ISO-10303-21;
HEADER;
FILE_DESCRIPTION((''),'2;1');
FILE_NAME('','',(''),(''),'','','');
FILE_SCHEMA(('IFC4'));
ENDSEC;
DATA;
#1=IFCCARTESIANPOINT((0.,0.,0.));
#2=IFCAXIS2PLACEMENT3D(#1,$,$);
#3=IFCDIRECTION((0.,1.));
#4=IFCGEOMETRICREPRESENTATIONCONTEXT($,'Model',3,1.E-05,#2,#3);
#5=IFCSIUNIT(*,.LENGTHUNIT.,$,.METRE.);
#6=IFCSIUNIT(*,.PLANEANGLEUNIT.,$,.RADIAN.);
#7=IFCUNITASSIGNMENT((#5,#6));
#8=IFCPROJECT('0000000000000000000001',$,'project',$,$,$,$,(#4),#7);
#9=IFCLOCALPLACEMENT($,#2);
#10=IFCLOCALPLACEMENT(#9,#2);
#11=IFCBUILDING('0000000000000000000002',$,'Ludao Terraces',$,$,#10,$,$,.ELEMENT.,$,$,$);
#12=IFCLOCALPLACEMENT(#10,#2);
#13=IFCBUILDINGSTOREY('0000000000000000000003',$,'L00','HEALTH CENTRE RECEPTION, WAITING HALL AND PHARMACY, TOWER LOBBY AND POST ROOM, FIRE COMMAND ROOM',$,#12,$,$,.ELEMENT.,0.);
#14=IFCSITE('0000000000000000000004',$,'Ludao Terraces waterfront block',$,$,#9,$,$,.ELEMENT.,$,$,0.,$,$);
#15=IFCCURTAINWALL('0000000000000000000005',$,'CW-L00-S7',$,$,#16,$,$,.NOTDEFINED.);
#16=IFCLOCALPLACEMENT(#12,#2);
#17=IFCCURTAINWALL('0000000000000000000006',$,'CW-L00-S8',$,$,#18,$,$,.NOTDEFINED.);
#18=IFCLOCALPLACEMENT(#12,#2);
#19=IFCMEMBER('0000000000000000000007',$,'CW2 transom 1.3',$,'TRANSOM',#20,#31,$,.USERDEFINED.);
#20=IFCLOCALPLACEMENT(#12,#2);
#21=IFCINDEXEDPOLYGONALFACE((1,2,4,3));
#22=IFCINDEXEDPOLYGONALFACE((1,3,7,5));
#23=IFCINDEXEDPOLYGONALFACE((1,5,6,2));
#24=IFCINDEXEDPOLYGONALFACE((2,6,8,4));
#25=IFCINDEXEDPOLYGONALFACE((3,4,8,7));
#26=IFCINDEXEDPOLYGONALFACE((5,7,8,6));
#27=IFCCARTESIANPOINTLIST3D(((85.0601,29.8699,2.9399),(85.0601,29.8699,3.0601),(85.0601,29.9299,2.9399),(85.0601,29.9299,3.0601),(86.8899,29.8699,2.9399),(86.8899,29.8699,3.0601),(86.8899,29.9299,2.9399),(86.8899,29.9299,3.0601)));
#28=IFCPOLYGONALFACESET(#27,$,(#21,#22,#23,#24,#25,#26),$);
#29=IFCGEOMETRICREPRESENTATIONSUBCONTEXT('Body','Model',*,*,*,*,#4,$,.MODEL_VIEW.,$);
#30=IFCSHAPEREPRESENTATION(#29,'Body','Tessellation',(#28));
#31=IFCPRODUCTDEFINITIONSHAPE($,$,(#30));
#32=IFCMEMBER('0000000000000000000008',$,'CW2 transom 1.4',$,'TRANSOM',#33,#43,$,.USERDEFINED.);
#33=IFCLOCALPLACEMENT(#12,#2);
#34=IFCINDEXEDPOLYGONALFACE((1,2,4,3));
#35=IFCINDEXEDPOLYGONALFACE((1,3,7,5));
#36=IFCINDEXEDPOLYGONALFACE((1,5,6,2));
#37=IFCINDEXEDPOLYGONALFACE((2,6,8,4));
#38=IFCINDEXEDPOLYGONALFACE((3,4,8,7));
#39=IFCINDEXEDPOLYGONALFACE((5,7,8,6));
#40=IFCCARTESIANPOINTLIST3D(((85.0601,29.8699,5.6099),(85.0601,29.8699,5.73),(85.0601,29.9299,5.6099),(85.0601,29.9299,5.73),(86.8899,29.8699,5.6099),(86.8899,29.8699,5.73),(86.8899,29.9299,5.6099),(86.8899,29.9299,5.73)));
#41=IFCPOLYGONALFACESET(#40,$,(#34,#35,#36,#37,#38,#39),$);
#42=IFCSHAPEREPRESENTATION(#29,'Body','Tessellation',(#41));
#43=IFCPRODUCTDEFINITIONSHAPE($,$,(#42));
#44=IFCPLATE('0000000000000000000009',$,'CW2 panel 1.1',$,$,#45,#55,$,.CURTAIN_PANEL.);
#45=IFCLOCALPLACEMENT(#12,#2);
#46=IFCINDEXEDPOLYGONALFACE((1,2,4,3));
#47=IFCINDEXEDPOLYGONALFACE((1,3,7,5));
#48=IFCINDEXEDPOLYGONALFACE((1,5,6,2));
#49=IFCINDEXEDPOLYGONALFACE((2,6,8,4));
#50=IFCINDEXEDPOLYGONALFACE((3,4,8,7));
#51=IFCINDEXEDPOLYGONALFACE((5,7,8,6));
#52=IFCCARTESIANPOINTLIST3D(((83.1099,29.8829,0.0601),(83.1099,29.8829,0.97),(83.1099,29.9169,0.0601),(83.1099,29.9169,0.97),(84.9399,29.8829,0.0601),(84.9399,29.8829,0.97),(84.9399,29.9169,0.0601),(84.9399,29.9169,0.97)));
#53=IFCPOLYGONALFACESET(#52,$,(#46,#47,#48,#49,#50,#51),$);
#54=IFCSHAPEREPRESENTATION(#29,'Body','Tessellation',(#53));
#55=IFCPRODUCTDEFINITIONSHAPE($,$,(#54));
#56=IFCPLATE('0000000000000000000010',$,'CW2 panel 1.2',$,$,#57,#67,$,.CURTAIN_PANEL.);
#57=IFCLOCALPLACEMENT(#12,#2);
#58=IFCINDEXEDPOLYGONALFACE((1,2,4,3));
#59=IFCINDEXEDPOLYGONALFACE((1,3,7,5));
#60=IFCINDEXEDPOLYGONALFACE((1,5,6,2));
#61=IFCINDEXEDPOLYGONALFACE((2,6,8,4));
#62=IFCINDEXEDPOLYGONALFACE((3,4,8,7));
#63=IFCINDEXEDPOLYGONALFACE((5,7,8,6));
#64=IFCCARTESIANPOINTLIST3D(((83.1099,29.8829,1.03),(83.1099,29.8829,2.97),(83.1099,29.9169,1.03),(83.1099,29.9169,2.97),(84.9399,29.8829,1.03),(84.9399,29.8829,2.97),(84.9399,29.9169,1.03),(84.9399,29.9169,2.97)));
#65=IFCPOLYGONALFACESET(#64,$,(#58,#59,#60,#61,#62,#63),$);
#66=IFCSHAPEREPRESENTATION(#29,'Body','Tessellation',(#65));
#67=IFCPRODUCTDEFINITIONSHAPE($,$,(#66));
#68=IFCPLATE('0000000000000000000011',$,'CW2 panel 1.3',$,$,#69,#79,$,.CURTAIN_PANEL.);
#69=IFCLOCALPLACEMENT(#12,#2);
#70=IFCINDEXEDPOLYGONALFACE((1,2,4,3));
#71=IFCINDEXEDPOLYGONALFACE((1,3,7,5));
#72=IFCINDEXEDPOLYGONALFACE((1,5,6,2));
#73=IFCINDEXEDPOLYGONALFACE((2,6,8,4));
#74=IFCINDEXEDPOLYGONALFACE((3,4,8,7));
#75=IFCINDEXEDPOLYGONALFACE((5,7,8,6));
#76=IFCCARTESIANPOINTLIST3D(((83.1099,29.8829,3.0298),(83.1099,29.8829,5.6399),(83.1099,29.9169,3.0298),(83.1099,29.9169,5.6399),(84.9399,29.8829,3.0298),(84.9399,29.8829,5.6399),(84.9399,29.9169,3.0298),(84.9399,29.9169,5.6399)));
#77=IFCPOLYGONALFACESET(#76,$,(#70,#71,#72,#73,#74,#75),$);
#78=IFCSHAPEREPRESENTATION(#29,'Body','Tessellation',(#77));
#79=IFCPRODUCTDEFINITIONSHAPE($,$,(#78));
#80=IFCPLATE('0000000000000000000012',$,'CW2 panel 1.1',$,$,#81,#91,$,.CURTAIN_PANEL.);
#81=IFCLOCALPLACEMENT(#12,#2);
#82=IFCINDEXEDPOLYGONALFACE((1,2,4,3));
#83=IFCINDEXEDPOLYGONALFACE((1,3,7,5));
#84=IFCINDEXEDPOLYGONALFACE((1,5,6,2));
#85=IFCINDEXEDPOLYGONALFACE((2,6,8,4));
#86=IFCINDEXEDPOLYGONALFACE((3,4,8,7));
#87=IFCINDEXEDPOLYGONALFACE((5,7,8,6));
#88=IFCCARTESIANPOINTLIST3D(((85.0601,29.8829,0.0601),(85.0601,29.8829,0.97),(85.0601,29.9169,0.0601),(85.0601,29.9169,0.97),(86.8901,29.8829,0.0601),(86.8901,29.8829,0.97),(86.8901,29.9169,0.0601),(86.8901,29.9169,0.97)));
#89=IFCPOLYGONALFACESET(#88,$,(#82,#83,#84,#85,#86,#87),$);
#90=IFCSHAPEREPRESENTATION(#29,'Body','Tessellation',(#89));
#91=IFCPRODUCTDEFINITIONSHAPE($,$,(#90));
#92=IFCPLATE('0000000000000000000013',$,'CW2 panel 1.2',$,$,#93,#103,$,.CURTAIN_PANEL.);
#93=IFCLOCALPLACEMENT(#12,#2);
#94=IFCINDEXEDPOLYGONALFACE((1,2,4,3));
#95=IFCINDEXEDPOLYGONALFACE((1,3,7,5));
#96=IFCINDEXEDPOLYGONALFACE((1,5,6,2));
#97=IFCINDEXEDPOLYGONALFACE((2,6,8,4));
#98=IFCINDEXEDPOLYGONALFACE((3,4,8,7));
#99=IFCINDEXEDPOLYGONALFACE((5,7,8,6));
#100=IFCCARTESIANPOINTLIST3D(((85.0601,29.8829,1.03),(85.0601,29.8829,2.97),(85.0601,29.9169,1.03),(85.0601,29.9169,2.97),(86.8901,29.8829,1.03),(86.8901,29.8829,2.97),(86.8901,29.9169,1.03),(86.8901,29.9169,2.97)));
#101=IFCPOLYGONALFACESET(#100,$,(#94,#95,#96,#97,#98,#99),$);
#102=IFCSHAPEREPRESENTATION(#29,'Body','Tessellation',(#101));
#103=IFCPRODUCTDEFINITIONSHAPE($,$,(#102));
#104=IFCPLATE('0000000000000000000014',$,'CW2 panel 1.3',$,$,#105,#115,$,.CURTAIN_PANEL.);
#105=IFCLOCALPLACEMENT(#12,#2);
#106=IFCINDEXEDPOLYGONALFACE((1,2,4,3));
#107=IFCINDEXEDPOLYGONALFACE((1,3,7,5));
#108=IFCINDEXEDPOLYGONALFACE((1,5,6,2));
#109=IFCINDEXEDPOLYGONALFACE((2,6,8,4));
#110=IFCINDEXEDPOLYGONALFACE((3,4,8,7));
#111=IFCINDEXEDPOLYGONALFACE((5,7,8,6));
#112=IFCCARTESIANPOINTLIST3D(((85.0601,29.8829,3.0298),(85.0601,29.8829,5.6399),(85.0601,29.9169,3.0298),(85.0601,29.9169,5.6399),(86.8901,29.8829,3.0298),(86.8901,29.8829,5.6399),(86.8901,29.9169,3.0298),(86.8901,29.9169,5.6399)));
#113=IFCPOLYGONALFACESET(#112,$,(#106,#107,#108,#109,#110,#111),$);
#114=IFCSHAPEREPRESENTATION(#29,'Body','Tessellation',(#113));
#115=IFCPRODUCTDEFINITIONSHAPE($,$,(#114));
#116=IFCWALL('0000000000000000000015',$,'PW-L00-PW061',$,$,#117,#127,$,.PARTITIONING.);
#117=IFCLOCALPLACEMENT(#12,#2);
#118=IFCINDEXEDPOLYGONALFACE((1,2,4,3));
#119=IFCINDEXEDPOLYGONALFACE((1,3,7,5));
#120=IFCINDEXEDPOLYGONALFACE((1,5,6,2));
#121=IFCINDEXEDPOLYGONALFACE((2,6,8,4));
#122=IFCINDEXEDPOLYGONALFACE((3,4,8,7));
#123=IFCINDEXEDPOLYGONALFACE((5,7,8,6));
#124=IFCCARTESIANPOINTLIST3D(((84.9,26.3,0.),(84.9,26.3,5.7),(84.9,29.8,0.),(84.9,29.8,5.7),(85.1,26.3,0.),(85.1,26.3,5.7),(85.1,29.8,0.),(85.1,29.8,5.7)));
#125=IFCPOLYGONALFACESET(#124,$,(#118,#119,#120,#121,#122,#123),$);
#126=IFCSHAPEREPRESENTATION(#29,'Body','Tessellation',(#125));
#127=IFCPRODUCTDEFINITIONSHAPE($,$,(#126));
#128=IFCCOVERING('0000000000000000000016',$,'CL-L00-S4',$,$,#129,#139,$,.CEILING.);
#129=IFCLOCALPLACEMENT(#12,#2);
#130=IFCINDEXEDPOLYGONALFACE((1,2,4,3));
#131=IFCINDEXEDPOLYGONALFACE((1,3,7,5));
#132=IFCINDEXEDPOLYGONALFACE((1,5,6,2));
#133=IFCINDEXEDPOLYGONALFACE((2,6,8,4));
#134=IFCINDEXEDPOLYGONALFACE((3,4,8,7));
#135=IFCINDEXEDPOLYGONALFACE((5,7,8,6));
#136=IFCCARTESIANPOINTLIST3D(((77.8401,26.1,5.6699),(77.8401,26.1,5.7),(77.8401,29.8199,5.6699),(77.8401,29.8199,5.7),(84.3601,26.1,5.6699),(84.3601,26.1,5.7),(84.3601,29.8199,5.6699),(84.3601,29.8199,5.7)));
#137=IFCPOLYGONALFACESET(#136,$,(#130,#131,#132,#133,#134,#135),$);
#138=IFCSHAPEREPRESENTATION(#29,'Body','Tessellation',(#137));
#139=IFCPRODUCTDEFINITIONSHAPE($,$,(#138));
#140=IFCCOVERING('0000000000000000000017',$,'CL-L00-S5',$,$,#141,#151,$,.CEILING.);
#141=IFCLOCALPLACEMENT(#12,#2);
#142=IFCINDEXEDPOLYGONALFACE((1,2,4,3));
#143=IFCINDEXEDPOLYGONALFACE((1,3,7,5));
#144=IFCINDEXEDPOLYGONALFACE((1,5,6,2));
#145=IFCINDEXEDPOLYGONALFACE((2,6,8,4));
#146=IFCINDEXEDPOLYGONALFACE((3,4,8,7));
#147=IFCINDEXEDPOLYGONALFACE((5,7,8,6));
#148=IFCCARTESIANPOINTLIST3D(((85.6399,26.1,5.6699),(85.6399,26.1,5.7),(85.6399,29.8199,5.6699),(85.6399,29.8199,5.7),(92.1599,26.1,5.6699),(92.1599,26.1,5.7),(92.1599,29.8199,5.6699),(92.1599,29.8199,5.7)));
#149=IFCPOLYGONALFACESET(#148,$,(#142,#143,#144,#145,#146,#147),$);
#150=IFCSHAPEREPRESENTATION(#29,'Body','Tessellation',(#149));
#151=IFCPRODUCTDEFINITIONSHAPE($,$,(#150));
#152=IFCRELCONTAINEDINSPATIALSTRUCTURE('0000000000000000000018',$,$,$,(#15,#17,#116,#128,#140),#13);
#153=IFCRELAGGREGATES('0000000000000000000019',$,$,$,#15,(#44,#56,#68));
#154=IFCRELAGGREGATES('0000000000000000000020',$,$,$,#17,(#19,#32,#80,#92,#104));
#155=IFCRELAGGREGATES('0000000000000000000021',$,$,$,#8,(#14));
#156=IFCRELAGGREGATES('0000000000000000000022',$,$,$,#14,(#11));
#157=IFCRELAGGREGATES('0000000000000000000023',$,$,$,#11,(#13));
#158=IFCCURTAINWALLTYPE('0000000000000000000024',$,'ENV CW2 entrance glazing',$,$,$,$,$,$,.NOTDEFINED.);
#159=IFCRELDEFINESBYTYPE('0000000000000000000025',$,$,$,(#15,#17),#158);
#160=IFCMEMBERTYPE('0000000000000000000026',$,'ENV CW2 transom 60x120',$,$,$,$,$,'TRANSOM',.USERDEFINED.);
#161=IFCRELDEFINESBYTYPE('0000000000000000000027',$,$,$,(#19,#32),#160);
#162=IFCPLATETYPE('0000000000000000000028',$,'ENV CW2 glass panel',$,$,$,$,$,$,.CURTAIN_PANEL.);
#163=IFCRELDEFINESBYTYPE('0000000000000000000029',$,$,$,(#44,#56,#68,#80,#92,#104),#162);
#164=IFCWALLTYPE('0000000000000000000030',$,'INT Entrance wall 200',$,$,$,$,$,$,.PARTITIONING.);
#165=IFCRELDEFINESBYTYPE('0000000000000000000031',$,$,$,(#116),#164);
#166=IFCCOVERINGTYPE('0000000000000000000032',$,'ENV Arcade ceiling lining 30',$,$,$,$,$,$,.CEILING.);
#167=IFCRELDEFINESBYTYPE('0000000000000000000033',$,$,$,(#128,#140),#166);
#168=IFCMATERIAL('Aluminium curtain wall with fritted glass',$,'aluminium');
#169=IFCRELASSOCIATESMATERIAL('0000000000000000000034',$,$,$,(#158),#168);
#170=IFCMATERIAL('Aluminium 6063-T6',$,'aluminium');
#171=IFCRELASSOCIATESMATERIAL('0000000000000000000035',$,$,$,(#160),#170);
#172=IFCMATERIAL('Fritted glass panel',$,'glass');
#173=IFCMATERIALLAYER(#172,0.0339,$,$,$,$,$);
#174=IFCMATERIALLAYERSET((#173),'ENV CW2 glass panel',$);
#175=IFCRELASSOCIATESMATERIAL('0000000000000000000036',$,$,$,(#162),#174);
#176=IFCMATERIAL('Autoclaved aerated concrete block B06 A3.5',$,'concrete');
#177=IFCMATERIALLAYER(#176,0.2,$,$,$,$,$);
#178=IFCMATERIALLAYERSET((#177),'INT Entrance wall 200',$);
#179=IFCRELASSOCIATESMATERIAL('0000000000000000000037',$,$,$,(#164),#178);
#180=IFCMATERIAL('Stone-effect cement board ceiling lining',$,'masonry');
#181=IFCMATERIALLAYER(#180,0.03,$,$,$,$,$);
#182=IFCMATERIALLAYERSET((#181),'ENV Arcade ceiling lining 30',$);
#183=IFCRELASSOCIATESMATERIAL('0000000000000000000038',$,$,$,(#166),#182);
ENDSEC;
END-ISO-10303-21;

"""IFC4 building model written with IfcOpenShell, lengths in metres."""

from ifc_helpers import new_model, si_unit, direction, frame, frame_2d, origin, origin_2d, place, context, subcontext, project, spatial, rectangle, extrude, material, layer, layer_set, material_profile, profile_set, type_object, element, aggregate, save


model = new_model("IFC4")

# Units and contexts
model_context = context("Model", 3, precision=1e-05, world=origin(), true_north=direction((0.0, 1.0)))
body_context = subcontext(model_context, "Body", "Model", "MODEL_VIEW")
ifc_project = project(units=[si_unit("LENGTHUNIT", "METRE"), si_unit("PLANEANGLEUNIT", "RADIAN")], contexts=[model_context])

# Site, building, storey
site_placement = place(None, origin())
site = spatial("IfcSite", under=ifc_project, at=site_placement, Name="Ludao Terraces waterfront block", CompositionType="ELEMENT", RefElevation=0.0)
building_placement = place(site_placement, origin())
building = spatial("IfcBuilding", under=site, at=building_placement, Name="Ludao Terraces", CompositionType="ELEMENT")
storey_placement = place(building_placement, origin())
storey = spatial("IfcBuildingStorey", under=building, at=storey_placement, Name="L00", Description="HEALTH CENTRE RECEPTION, WAITING HALL AND PHARMACY, TOWER LOBBY AND POST ROOM, FIRE COMMAND ROOM", CompositionType="ELEMENT", Elevation=0.0)

# Curtain walls
ifc_material_1 = material(Name="Aluminium curtain wall with fritted glass", Category="aluminium")
curtain_wall_type = type_object("IfcCurtainWallType", Name="ENV CW2 entrance glazing", PredefinedType="NOTDEFINED", material=ifc_material_1)
curtain_wall_1_placement = place(storey_placement, origin())
curtain_wall_1 = element("IfcCurtainWall", 1, at=curtain_wall_1_placement, inside=storey, type_object=curtain_wall_type, Name="CW-L00-S7", PredefinedType="NOTDEFINED")
ifc_material_2 = material(Name="Aluminium 6063-T6", Category="aluminium")
curtain_wall_2_placement = place(storey_placement, origin())
curtain_wall_2 = element("IfcCurtainWall", 2, at=curtain_wall_2_placement, inside=storey, type_object=curtain_wall_type, Name="CW-L00-S8", PredefinedType="NOTDEFINED")

# Members
ifc_material_profile_1 = material_profile(ifc_material_2, rectangle(XDim=0.0601, YDim=0.1201, at=origin_2d()), Name="60 X 120")
ifc_profile_set_1 = profile_set([ifc_material_profile_1], Name="Aluminium 6063-T6")
member_type_1 = type_object("IfcMemberType", Name="ENV CW2 transom 60x120", ElementType="TRANSOM", PredefinedType="USERDEFINED", material=ifc_profile_set_1)
member_1_placement = place(storey_placement, frame((85.0601, 29.8999, 3.0), z_axis=(1.0, 0.0, 0.0), x_axis=(0.0, 1.0, 0.0)))
member_1 = element("IfcMember", 3, at=member_1_placement, type_object=member_type_1, Name="CW2 transom 1.3", ObjectType="TRANSOM", PredefinedType="USERDEFINED", context=body_context, shape_type="SweptSolid", body=[
    extrude(rectangle(XDim=0.0601, YDim=0.1201, at=origin_2d()), origin(), (0.0, 0.0, 1.0), 1.8298),
])
member_2_placement = place(storey_placement, frame((85.0601, 29.8999, 5.6699), z_axis=(1.0, 0.0, 0.0), x_axis=(0.0, 1.0, 0.0)))
member_2 = element("IfcMember", 4, at=member_2_placement, type_object=member_type_1, Name="CW2 transom 1.4", ObjectType="TRANSOM", PredefinedType="USERDEFINED", context=body_context, shape_type="SweptSolid", body=[
    extrude(rectangle(XDim=0.0601, YDim=0.1201, at=origin_2d()), origin(), (0.0, 0.0, 1.0), 1.8298),
])

# Plates
ifc_material_3 = material(Name="Fritted glass panel", Category="glass")
ifc_layer_1 = layer(ifc_material_3, 0.0339)
ifc_layer_set_1 = layer_set([ifc_layer_1], Name="ENV CW2 glass panel")
plate_type = type_object("IfcPlateType", Name="ENV CW2 glass panel", PredefinedType="CURTAIN_PANEL", material=ifc_layer_set_1)
plate_1_placement = place(storey_placement, frame((84.0249, 29.8999, 0.0601), z_axis=(0.0, 0.0, 1.0), x_axis=(1.0, 0.0, 0.0)))
plate_1 = element("IfcPlate", 5, at=plate_1_placement, type_object=plate_type, Name="CW2 panel 1.1", PredefinedType="CURTAIN_PANEL", context=body_context, shape_type="SweptSolid", body=[
    extrude(rectangle(XDim=1.8301, YDim=0.0339, at=origin_2d()), origin(), (0.0, 0.0, 1.0), 0.9099),
])
plate_2_placement = place(storey_placement, frame((84.0249, 29.8999, 1.03), z_axis=(0.0, 0.0, 1.0), x_axis=(1.0, 0.0, 0.0)))
plate_2 = element("IfcPlate", 6, at=plate_2_placement, type_object=plate_type, Name="CW2 panel 1.2", PredefinedType="CURTAIN_PANEL", context=body_context, shape_type="SweptSolid", body=[
    extrude(rectangle(XDim=1.8301, YDim=0.0339, at=origin_2d()), origin(), (0.0, 0.0, 1.0), 1.9399),
])
plate_3_placement = place(storey_placement, frame((84.0249, 29.8999, 3.0298), z_axis=(0.0, 0.0, 1.0), x_axis=(1.0, 0.0, 0.0)))
plate_3 = element("IfcPlate", 7, at=plate_3_placement, type_object=plate_type, Name="CW2 panel 1.3", PredefinedType="CURTAIN_PANEL", context=body_context, shape_type="SweptSolid", body=[
    extrude(rectangle(XDim=1.8301, YDim=0.0339, at=origin_2d()), origin(), (0.0, 0.0, 1.0), 2.6101),
])
aggregate(curtain_wall_1, [plate_1, plate_2, plate_3])
plate_4_placement = place(storey_placement, frame((85.9751, 29.8999, 0.0601), z_axis=(0.0, 0.0, 1.0), x_axis=(1.0, 0.0, 0.0)))
plate_4 = element("IfcPlate", 8, at=plate_4_placement, type_object=plate_type, Name="CW2 panel 1.1", PredefinedType="CURTAIN_PANEL", context=body_context, shape_type="SweptSolid", body=[
    extrude(rectangle(XDim=1.8301, YDim=0.0339, at=origin_2d()), origin(), (0.0, 0.0, 1.0), 0.9099),
])
plate_5_placement = place(storey_placement, frame((85.9751, 29.8999, 1.03), z_axis=(0.0, 0.0, 1.0), x_axis=(1.0, 0.0, 0.0)))
plate_5 = element("IfcPlate", 9, at=plate_5_placement, type_object=plate_type, Name="CW2 panel 1.2", PredefinedType="CURTAIN_PANEL", context=body_context, shape_type="SweptSolid", body=[
    extrude(rectangle(XDim=1.8301, YDim=0.0339, at=origin_2d()), origin(), (0.0, 0.0, 1.0), 1.9399),
])
plate_6_placement = place(storey_placement, frame((85.9751, 29.8999, 3.0298), z_axis=(0.0, 0.0, 1.0), x_axis=(1.0, 0.0, 0.0)))
plate_6 = element("IfcPlate", 10, at=plate_6_placement, type_object=plate_type, Name="CW2 panel 1.3", PredefinedType="CURTAIN_PANEL", context=body_context, shape_type="SweptSolid", body=[
    extrude(rectangle(XDim=1.8301, YDim=0.0339, at=origin_2d()), origin(), (0.0, 0.0, 1.0), 2.6101),
])
aggregate(curtain_wall_2, [member_1, member_2, plate_4, plate_5, plate_6])

# Wall
ifc_material_4 = material(Name="Autoclaved aerated concrete block B06 A3.5", Category="concrete")
ifc_layer_2 = layer(ifc_material_4, 0.2)
ifc_layer_set_2 = layer_set([ifc_layer_2], Name="INT Entrance wall 200")
wall_type_1 = type_object("IfcWallType", Name="INT Entrance wall 200", PredefinedType="PARTITIONING", material=ifc_layer_set_2)
wall_1_placement = place(storey_placement, frame((85.0, 26.3, 0.0), z_axis=(0.0, 0.0, 1.0), x_axis=(0.0, 1.0, 0.0)))
element("IfcWall", 11, at=wall_1_placement, inside=storey, type_object=wall_type_1, Name="PW-L00-PW061", PredefinedType="PARTITIONING", context=body_context, shape_type="SweptSolid", body=[
    extrude(rectangle(XDim=3.5, YDim=0.2, at=frame_2d((1.75, 0.0))), origin(), (0.0, 0.0, 1.0), 5.7),
])

# Coverings
ifc_material_5 = material(Name="Stone-effect cement board ceiling lining", Category="masonry")
ifc_layer_3 = layer(ifc_material_5, 0.03)
ifc_layer_set_3 = layer_set([ifc_layer_3], Name="ENV Arcade ceiling lining 30")
covering_type = type_object("IfcCoveringType", Name="ENV Arcade ceiling lining 30", PredefinedType="CEILING", material=ifc_layer_set_3)
for number, where, z_axis, x_axis, name in (
    (12, (81.1001, 27.96, 5.6699), (0.0, 0.0, 1.0), (1.0, 0.0, 0.0), "CL-L00-S4"),
    (13, (88.8999, 27.96, 5.6699), (0.0, 0.0, 1.0), (1.0, 0.0, 0.0), "CL-L00-S5"),
):
    element("IfcCovering", number, at=place(storey_placement, frame(where, z_axis=z_axis, x_axis=x_axis)), inside=storey, type_object=covering_type, Name=name, PredefinedType="CEILING", context=body_context, shape_type="SweptSolid", body=[
        extrude(rectangle(XDim=6.52, YDim=3.72, at=origin_2d()), origin(), (0.0, 0.0, 1.0), 0.03),
    ])

save(model, "model.ifc")
